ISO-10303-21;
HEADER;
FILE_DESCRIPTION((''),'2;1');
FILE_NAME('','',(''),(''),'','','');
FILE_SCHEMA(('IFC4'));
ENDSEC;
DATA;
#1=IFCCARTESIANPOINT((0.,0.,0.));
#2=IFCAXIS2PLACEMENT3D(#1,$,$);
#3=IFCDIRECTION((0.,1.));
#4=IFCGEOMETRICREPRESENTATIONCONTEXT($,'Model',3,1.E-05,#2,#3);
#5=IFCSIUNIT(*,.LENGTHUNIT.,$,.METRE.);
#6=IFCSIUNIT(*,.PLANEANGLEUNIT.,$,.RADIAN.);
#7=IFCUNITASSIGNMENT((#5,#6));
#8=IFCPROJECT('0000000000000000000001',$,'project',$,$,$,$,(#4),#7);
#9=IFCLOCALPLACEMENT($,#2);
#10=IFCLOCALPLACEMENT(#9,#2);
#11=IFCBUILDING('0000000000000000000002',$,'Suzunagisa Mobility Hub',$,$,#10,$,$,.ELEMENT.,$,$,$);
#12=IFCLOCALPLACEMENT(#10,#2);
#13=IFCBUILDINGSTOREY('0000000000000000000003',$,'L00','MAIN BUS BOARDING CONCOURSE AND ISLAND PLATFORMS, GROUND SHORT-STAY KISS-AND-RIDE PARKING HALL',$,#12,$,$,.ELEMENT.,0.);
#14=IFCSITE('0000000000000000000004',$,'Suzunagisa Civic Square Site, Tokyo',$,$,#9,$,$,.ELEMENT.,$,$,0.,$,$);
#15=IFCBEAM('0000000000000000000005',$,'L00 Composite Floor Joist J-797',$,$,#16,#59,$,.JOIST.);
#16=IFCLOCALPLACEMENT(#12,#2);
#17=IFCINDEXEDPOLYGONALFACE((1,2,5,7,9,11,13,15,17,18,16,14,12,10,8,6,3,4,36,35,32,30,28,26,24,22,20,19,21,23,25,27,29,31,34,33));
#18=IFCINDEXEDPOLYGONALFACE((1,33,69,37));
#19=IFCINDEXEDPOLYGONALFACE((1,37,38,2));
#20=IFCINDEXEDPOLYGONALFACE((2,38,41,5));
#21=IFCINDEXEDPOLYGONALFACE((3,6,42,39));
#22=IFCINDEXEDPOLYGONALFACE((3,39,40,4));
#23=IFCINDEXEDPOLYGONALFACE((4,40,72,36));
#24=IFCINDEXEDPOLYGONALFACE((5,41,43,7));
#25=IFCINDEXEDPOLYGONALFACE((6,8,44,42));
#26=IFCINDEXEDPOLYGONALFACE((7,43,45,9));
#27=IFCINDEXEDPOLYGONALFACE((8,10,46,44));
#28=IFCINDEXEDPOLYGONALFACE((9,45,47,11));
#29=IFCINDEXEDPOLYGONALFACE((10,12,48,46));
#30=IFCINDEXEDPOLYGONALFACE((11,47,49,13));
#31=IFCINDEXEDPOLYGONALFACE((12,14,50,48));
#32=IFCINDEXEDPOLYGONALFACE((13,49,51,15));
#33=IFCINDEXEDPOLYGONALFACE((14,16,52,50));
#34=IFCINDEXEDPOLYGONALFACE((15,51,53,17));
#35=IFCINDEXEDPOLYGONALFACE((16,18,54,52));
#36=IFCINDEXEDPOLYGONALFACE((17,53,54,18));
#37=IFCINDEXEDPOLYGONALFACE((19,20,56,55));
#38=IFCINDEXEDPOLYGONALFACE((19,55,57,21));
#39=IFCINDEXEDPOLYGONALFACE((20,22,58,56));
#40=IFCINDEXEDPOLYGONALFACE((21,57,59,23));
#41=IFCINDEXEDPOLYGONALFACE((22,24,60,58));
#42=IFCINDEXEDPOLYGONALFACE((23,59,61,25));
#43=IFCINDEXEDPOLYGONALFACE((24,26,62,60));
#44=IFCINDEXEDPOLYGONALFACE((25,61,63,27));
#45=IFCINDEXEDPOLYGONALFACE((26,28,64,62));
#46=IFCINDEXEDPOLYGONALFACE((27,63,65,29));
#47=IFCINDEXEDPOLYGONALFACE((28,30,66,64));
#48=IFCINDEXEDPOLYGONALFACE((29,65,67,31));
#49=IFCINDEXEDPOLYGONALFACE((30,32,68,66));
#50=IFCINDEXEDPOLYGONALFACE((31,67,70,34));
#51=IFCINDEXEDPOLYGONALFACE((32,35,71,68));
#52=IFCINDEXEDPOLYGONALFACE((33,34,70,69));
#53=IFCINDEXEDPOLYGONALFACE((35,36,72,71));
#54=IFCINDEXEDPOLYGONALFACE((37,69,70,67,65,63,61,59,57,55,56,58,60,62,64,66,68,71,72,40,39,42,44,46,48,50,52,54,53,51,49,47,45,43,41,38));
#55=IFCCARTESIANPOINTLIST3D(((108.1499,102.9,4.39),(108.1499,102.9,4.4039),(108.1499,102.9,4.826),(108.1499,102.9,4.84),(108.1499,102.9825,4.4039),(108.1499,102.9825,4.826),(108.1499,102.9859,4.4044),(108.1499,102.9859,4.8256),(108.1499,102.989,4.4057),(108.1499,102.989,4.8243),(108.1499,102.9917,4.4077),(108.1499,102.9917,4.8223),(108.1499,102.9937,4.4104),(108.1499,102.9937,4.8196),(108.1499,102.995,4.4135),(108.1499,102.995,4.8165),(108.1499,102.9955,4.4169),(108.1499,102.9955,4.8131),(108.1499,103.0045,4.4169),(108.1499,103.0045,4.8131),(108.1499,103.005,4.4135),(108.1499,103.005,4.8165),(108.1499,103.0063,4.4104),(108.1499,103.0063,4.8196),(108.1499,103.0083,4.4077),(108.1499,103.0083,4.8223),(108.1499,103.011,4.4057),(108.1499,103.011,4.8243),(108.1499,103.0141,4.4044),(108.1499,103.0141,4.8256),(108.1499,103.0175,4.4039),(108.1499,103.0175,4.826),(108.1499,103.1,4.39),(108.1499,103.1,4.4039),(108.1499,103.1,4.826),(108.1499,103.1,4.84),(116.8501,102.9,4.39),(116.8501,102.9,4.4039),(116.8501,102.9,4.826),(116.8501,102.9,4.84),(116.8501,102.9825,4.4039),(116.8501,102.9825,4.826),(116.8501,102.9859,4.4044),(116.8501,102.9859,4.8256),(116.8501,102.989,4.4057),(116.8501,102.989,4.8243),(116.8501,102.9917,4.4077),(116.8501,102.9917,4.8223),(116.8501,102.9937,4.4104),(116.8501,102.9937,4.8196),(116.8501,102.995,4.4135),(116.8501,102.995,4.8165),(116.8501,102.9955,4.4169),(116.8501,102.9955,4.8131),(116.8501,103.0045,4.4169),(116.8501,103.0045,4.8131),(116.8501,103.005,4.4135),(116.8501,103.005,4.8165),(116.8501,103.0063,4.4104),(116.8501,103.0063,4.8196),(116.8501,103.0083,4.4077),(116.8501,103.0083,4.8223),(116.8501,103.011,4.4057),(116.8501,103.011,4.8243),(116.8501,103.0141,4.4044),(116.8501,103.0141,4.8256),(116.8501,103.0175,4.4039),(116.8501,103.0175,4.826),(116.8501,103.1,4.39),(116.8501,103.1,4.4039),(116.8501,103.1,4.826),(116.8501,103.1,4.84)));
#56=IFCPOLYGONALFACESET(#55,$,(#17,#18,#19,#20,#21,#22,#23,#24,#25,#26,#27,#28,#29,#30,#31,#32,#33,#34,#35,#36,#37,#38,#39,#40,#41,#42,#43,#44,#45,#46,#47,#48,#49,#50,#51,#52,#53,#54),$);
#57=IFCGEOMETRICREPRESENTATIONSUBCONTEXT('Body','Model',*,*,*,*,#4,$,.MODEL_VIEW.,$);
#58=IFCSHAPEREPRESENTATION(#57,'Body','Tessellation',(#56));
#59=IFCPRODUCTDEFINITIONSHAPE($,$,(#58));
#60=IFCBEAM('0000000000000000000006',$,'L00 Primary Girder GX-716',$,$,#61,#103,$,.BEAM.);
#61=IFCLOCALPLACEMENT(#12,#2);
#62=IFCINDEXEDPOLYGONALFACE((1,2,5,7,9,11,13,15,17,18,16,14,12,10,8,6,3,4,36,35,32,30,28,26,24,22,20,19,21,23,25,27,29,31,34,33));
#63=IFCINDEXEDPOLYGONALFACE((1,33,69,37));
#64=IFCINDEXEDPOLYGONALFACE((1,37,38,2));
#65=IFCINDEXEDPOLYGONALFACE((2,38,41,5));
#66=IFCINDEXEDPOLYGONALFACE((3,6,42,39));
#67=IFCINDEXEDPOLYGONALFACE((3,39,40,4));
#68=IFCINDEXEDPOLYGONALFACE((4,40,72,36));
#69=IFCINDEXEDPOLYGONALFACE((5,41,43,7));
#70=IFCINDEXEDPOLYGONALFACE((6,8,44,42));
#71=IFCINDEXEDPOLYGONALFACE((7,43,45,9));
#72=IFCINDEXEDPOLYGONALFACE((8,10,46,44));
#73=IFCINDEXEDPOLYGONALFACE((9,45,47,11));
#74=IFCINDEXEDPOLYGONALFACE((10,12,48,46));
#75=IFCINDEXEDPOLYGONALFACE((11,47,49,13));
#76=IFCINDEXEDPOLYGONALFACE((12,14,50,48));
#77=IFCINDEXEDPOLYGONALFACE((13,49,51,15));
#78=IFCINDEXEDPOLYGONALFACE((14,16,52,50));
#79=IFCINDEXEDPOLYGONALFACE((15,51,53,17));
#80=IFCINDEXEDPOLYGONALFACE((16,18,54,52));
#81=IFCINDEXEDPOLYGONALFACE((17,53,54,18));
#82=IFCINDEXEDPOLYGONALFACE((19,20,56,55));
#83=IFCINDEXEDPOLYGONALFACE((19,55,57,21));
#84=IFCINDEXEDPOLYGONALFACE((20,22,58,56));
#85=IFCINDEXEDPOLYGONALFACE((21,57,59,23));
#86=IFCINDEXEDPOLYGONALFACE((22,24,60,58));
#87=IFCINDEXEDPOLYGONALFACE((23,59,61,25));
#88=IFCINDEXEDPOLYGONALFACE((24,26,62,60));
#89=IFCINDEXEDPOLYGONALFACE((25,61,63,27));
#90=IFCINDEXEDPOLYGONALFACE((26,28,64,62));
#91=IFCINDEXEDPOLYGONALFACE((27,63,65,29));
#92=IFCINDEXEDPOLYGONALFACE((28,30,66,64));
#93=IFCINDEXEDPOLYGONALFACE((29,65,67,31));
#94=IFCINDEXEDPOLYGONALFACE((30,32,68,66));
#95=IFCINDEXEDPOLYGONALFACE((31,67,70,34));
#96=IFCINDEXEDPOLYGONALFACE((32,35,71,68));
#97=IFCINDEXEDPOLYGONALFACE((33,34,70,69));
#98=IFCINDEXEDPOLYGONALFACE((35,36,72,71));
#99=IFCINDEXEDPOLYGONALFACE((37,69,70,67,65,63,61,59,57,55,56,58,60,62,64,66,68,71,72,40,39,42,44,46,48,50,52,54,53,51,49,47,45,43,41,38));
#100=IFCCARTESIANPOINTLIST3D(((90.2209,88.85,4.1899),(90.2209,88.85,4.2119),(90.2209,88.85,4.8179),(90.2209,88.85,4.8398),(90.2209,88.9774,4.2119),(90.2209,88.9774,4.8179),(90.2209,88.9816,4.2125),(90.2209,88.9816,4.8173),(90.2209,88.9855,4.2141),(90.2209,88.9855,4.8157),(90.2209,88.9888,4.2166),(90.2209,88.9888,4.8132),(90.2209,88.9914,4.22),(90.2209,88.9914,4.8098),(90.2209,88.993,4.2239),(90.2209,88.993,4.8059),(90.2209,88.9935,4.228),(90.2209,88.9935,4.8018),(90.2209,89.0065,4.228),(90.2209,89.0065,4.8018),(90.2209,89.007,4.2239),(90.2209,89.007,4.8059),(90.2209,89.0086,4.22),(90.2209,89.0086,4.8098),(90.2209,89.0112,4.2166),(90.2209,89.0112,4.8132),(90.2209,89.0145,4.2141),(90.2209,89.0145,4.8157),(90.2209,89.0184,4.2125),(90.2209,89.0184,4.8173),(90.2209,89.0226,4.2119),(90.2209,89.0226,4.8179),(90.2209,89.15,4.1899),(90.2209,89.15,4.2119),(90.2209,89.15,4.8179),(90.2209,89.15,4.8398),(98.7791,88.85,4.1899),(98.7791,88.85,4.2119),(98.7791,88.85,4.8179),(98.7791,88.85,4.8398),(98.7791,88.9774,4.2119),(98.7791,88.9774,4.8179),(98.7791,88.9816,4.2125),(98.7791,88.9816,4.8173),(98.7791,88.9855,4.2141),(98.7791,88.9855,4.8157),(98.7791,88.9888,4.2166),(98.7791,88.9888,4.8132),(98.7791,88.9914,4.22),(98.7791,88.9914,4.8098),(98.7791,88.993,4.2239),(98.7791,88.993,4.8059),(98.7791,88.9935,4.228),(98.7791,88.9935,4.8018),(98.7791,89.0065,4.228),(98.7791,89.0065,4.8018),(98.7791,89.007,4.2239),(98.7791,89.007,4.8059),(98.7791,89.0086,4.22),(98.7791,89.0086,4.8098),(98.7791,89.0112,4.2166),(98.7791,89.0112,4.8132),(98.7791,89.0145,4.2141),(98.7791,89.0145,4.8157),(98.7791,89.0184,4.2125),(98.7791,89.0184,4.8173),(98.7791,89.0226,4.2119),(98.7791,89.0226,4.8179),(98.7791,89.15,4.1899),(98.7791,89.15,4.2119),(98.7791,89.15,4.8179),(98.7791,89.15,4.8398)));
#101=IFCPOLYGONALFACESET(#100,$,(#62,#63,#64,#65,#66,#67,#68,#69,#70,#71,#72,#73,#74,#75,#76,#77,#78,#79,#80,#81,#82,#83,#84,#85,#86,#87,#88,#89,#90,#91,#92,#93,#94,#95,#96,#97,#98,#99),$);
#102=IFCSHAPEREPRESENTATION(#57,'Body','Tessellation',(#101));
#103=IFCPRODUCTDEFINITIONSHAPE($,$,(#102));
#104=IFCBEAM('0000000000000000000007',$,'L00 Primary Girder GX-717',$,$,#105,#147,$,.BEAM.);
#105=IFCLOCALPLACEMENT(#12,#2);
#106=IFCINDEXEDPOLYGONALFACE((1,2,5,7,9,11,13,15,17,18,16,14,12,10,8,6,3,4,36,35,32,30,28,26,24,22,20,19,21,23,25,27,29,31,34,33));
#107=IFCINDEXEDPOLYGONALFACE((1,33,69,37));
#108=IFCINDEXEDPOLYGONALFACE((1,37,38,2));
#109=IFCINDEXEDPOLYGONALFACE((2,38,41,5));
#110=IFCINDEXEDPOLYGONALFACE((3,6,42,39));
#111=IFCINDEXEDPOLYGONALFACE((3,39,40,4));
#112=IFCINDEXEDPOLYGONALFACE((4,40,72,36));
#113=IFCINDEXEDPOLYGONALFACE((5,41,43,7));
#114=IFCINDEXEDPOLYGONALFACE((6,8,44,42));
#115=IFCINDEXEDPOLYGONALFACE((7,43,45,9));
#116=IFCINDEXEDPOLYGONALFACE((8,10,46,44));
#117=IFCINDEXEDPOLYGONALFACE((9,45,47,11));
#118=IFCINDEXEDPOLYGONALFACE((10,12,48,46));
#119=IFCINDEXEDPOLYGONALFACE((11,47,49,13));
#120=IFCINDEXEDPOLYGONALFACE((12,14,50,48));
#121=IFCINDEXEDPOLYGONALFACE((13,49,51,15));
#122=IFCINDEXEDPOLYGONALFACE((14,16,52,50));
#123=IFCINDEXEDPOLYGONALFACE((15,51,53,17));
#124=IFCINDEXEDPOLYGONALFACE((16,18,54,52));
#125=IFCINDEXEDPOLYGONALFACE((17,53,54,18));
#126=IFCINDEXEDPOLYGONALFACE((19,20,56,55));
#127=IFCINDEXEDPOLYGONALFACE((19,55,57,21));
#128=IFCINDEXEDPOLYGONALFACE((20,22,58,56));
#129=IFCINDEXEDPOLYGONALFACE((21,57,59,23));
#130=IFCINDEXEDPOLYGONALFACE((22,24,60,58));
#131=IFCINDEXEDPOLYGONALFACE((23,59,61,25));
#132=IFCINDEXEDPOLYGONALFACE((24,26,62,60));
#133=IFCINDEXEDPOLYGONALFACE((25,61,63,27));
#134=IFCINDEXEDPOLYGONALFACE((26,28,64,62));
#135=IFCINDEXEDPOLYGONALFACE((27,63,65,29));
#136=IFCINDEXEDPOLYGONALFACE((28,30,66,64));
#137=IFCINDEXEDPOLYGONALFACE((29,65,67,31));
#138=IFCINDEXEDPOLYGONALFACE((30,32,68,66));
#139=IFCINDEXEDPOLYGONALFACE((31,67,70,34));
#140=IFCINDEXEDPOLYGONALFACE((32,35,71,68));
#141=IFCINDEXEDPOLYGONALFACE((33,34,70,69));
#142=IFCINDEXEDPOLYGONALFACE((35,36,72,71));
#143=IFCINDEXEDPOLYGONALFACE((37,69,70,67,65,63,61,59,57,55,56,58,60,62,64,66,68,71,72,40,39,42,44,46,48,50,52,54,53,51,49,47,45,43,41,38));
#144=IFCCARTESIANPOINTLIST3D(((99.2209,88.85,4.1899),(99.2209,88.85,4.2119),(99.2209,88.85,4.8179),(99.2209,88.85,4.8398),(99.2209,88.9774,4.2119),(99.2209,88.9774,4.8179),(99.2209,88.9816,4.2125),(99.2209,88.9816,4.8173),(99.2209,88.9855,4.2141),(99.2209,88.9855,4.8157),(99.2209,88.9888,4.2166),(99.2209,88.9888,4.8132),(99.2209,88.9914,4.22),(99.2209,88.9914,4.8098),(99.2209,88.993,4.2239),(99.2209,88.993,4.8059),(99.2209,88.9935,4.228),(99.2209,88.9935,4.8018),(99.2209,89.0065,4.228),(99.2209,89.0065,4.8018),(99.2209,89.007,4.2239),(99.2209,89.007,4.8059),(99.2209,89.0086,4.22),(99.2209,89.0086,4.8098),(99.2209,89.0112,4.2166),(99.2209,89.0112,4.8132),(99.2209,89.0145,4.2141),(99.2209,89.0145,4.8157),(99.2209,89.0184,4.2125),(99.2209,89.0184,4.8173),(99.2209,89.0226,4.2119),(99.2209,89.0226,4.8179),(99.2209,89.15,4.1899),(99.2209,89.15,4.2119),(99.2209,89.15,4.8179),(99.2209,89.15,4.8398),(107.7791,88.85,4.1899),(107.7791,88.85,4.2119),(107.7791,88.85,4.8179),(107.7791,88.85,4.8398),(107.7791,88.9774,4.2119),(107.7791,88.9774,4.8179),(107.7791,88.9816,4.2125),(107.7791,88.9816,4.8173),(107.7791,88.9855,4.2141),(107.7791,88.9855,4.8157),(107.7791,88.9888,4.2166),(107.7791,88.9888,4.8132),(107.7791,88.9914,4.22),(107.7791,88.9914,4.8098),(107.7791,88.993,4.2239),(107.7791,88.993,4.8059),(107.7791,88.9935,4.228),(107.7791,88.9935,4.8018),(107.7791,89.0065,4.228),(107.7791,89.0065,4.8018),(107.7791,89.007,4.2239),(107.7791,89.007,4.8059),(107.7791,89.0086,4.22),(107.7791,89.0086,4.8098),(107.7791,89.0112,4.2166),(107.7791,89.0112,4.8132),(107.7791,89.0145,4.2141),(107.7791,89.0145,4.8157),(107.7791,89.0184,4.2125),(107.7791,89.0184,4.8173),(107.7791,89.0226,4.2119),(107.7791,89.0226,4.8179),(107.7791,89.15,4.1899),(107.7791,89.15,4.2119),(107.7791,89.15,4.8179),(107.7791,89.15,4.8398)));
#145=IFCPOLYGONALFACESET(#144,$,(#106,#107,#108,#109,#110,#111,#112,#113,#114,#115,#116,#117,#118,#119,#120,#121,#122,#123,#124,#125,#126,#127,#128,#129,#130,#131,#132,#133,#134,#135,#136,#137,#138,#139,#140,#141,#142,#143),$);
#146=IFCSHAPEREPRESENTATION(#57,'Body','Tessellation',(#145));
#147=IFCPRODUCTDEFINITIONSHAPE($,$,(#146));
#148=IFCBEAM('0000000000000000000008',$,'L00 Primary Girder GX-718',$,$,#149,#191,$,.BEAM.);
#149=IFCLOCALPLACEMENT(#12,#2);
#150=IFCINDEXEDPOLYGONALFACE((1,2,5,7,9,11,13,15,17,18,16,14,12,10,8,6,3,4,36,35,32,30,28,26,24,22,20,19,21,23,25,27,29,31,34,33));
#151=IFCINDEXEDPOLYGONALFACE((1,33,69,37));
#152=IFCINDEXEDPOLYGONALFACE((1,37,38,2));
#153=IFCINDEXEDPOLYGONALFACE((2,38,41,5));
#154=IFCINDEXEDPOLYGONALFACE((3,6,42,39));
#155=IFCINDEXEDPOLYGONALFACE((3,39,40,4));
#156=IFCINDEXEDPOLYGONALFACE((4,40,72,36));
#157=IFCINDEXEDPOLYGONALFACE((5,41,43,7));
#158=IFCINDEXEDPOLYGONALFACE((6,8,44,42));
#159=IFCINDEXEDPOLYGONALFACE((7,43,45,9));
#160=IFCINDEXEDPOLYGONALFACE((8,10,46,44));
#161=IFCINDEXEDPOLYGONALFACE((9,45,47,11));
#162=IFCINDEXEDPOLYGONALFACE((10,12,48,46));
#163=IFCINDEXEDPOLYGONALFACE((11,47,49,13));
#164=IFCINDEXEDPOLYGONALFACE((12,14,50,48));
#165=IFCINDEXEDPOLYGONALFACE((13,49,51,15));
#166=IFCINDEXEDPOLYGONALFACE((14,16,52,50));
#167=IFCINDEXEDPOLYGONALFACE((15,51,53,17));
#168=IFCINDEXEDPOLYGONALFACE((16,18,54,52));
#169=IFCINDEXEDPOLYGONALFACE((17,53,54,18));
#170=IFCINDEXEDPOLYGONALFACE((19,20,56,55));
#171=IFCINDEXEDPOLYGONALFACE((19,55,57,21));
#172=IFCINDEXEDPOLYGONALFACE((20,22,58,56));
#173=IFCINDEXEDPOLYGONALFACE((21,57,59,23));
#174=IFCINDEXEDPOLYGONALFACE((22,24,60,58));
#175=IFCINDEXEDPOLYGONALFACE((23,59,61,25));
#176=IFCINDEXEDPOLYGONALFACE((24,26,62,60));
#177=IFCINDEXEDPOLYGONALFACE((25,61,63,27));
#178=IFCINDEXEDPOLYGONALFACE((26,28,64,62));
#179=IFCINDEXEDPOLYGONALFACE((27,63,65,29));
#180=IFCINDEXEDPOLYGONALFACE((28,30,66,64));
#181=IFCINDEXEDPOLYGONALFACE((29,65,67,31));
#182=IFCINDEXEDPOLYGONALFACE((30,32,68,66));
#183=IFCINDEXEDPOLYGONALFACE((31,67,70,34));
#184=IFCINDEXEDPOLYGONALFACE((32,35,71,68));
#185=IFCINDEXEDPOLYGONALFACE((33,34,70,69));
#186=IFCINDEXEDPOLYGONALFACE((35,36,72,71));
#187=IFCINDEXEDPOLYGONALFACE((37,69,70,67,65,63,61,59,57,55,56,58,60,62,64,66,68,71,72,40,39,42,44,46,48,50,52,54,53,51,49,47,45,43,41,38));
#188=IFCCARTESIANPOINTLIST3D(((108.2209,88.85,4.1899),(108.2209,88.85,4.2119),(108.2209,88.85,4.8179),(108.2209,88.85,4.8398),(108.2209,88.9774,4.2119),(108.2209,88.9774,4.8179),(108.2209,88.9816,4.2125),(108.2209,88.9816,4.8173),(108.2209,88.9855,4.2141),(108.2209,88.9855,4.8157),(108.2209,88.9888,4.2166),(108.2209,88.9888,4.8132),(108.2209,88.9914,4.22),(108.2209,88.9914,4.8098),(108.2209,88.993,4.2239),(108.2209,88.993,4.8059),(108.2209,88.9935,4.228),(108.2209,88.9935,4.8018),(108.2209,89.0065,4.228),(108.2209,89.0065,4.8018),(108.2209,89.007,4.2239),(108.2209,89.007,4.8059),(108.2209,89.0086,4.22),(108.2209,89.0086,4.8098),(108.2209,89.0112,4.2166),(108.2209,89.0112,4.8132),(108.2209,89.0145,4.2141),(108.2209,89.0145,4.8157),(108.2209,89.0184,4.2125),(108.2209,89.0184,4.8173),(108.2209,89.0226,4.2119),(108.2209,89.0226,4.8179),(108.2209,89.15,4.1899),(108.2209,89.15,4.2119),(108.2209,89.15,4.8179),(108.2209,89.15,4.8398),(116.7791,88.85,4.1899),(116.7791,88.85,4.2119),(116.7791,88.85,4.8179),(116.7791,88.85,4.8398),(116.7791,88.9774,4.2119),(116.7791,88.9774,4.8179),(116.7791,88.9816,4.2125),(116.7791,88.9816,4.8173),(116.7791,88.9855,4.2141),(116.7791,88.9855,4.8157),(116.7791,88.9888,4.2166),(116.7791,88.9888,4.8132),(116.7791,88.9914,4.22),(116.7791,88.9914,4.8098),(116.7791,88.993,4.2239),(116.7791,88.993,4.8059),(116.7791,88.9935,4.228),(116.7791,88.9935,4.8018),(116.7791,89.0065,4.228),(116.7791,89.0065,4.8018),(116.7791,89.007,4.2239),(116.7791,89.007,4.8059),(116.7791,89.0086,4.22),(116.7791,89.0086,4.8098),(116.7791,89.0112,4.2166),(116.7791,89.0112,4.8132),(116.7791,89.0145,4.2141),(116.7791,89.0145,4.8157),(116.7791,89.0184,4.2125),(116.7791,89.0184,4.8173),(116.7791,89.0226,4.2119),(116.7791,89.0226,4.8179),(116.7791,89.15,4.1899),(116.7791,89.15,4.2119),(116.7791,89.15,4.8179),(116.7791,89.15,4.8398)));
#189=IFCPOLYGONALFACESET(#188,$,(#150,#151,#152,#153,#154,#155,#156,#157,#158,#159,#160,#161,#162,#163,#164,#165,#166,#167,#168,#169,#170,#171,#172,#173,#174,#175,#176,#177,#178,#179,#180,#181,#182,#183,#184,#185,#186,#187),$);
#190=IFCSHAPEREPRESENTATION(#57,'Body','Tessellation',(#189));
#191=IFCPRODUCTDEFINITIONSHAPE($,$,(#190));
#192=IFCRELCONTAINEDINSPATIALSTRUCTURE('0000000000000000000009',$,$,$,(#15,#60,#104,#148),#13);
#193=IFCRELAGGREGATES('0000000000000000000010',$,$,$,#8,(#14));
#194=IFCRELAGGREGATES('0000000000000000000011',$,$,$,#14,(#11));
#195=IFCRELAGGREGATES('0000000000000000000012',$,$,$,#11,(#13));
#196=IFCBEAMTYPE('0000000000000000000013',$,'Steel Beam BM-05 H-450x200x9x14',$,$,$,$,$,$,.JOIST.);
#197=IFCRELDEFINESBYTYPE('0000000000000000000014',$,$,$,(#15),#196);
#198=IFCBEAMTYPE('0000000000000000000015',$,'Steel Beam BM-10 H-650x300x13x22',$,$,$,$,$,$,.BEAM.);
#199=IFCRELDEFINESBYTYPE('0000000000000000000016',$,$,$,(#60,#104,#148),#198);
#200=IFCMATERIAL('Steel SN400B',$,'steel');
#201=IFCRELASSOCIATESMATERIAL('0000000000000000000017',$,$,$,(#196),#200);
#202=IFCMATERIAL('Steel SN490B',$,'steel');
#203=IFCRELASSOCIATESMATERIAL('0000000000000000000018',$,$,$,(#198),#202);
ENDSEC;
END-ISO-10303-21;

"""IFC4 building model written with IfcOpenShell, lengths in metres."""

from ifc_helpers import new_model, si_unit, direction, frame, origin, origin_2d, place, context, subcontext, project, spatial, i_section, extrude, material, material_profile, profile_set, type_object, element, save


model = new_model("IFC4")

# Units and contexts
model_context = context("Model", 3, precision=1e-05, world=origin(), true_north=direction((0.0, 1.0)))
body_context = subcontext(model_context, "Body", "Model", "MODEL_VIEW")
ifc_project = project(units=[si_unit("LENGTHUNIT", "METRE"), si_unit("PLANEANGLEUNIT", "RADIAN")], contexts=[model_context])

# Site, building, storey
site_placement = place(None, origin())
site = spatial("IfcSite", under=ifc_project, at=site_placement, Name="Suzunagisa Civic Square Site, Tokyo", CompositionType="ELEMENT", RefElevation=0.0)
building_placement = place(site_placement, origin())
building = spatial("IfcBuilding", under=site, at=building_placement, Name="Suzunagisa Mobility Hub", CompositionType="ELEMENT")
storey_placement = place(building_placement, origin())
storey = spatial("IfcBuildingStorey", under=building, at=storey_placement, Name="L00", Description="MAIN BUS BOARDING CONCOURSE AND ISLAND PLATFORMS, GROUND SHORT-STAY KISS-AND-RIDE PARKING HALL", CompositionType="ELEMENT", Elevation=0.0)

# Shared definitions
ifc_material_1 = material(Name="Steel SN490B", Category="steel")

# Beams
ifc_material_2 = material(Name="Steel SN400B", Category="steel")
ifc_material_profile_1 = material_profile(ifc_material_2, i_section(OverallWidth=0.2, OverallDepth=0.45, WebThickness=0.009, FlangeThickness=0.0139, FilletRadius=0.0129, at=origin_2d()), Name="H-450x200x9x14")
ifc_profile_set_1 = profile_set([ifc_material_profile_1], Name="Steel SN400B")
beam_type_1 = type_object("IfcBeamType", Name="Steel Beam BM-05 H-450x200x9x14", PredefinedType="JOIST", material=ifc_profile_set_1)
for number, where, z_axis, x_axis, name in (
    (1, (108.1499, 103.0, 4.615), (1.0, 0.0, 0.0), (0.0, 1.0, 0.0), "L00 Composite Floor Joist J-797"),
):
    element("IfcBeam", number, at=place(storey_placement, frame(where, z_axis=z_axis, x_axis=x_axis)), inside=storey, type_object=beam_type_1, Name=name, PredefinedType="JOIST", context=body_context, shape_type="SweptSolid", body=[
        extrude(i_section(OverallWidth=0.2, OverallDepth=0.45, WebThickness=0.009, FlangeThickness=0.0139, FilletRadius=0.0129, at=origin_2d()), origin(), (0.0, 0.0, 1.0), 8.7002),
    ])
ifc_material_profile_2 = material_profile(ifc_material_1, i_section(OverallWidth=0.3, OverallDepth=0.6499, WebThickness=0.0129, FlangeThickness=0.022, FilletRadius=0.0161, at=origin_2d()), Name="H-650x300x13x22")
ifc_profile_set_2 = profile_set([ifc_material_profile_2], Name="Steel SN490B")
beam_type_2 = type_object("IfcBeamType", Name="Steel Beam BM-10 H-650x300x13x22", PredefinedType="BEAM", material=ifc_profile_set_2)
for number, where, z_axis, x_axis, name in (
    (2, (90.2209, 89.0, 4.5149), (1.0, 0.0, 0.0), (0.0, 1.0, 0.0), "L00 Primary Girder GX-716"),
    (3, (99.2209, 89.0, 4.5149), (1.0, 0.0, 0.0), (0.0, 1.0, 0.0), "L00 Primary Girder GX-717"),
    (4, (108.2209, 89.0, 4.5149), (1.0, 0.0, 0.0), (0.0, 1.0, 0.0), "L00 Primary Girder GX-718"),
):
    element("IfcBeam", number, at=place(storey_placement, frame(where, z_axis=z_axis, x_axis=x_axis)), inside=storey, type_object=beam_type_2, Name=name, PredefinedType="BEAM", context=body_context, shape_type="SweptSolid", body=[
        extrude(i_section(OverallWidth=0.3, OverallDepth=0.6499, WebThickness=0.0129, FlangeThickness=0.022, FilletRadius=0.0161, at=origin_2d()), origin(), (0.0, 0.0, 1.0), 8.5581),
    ])

save(model, "model.ifc")
